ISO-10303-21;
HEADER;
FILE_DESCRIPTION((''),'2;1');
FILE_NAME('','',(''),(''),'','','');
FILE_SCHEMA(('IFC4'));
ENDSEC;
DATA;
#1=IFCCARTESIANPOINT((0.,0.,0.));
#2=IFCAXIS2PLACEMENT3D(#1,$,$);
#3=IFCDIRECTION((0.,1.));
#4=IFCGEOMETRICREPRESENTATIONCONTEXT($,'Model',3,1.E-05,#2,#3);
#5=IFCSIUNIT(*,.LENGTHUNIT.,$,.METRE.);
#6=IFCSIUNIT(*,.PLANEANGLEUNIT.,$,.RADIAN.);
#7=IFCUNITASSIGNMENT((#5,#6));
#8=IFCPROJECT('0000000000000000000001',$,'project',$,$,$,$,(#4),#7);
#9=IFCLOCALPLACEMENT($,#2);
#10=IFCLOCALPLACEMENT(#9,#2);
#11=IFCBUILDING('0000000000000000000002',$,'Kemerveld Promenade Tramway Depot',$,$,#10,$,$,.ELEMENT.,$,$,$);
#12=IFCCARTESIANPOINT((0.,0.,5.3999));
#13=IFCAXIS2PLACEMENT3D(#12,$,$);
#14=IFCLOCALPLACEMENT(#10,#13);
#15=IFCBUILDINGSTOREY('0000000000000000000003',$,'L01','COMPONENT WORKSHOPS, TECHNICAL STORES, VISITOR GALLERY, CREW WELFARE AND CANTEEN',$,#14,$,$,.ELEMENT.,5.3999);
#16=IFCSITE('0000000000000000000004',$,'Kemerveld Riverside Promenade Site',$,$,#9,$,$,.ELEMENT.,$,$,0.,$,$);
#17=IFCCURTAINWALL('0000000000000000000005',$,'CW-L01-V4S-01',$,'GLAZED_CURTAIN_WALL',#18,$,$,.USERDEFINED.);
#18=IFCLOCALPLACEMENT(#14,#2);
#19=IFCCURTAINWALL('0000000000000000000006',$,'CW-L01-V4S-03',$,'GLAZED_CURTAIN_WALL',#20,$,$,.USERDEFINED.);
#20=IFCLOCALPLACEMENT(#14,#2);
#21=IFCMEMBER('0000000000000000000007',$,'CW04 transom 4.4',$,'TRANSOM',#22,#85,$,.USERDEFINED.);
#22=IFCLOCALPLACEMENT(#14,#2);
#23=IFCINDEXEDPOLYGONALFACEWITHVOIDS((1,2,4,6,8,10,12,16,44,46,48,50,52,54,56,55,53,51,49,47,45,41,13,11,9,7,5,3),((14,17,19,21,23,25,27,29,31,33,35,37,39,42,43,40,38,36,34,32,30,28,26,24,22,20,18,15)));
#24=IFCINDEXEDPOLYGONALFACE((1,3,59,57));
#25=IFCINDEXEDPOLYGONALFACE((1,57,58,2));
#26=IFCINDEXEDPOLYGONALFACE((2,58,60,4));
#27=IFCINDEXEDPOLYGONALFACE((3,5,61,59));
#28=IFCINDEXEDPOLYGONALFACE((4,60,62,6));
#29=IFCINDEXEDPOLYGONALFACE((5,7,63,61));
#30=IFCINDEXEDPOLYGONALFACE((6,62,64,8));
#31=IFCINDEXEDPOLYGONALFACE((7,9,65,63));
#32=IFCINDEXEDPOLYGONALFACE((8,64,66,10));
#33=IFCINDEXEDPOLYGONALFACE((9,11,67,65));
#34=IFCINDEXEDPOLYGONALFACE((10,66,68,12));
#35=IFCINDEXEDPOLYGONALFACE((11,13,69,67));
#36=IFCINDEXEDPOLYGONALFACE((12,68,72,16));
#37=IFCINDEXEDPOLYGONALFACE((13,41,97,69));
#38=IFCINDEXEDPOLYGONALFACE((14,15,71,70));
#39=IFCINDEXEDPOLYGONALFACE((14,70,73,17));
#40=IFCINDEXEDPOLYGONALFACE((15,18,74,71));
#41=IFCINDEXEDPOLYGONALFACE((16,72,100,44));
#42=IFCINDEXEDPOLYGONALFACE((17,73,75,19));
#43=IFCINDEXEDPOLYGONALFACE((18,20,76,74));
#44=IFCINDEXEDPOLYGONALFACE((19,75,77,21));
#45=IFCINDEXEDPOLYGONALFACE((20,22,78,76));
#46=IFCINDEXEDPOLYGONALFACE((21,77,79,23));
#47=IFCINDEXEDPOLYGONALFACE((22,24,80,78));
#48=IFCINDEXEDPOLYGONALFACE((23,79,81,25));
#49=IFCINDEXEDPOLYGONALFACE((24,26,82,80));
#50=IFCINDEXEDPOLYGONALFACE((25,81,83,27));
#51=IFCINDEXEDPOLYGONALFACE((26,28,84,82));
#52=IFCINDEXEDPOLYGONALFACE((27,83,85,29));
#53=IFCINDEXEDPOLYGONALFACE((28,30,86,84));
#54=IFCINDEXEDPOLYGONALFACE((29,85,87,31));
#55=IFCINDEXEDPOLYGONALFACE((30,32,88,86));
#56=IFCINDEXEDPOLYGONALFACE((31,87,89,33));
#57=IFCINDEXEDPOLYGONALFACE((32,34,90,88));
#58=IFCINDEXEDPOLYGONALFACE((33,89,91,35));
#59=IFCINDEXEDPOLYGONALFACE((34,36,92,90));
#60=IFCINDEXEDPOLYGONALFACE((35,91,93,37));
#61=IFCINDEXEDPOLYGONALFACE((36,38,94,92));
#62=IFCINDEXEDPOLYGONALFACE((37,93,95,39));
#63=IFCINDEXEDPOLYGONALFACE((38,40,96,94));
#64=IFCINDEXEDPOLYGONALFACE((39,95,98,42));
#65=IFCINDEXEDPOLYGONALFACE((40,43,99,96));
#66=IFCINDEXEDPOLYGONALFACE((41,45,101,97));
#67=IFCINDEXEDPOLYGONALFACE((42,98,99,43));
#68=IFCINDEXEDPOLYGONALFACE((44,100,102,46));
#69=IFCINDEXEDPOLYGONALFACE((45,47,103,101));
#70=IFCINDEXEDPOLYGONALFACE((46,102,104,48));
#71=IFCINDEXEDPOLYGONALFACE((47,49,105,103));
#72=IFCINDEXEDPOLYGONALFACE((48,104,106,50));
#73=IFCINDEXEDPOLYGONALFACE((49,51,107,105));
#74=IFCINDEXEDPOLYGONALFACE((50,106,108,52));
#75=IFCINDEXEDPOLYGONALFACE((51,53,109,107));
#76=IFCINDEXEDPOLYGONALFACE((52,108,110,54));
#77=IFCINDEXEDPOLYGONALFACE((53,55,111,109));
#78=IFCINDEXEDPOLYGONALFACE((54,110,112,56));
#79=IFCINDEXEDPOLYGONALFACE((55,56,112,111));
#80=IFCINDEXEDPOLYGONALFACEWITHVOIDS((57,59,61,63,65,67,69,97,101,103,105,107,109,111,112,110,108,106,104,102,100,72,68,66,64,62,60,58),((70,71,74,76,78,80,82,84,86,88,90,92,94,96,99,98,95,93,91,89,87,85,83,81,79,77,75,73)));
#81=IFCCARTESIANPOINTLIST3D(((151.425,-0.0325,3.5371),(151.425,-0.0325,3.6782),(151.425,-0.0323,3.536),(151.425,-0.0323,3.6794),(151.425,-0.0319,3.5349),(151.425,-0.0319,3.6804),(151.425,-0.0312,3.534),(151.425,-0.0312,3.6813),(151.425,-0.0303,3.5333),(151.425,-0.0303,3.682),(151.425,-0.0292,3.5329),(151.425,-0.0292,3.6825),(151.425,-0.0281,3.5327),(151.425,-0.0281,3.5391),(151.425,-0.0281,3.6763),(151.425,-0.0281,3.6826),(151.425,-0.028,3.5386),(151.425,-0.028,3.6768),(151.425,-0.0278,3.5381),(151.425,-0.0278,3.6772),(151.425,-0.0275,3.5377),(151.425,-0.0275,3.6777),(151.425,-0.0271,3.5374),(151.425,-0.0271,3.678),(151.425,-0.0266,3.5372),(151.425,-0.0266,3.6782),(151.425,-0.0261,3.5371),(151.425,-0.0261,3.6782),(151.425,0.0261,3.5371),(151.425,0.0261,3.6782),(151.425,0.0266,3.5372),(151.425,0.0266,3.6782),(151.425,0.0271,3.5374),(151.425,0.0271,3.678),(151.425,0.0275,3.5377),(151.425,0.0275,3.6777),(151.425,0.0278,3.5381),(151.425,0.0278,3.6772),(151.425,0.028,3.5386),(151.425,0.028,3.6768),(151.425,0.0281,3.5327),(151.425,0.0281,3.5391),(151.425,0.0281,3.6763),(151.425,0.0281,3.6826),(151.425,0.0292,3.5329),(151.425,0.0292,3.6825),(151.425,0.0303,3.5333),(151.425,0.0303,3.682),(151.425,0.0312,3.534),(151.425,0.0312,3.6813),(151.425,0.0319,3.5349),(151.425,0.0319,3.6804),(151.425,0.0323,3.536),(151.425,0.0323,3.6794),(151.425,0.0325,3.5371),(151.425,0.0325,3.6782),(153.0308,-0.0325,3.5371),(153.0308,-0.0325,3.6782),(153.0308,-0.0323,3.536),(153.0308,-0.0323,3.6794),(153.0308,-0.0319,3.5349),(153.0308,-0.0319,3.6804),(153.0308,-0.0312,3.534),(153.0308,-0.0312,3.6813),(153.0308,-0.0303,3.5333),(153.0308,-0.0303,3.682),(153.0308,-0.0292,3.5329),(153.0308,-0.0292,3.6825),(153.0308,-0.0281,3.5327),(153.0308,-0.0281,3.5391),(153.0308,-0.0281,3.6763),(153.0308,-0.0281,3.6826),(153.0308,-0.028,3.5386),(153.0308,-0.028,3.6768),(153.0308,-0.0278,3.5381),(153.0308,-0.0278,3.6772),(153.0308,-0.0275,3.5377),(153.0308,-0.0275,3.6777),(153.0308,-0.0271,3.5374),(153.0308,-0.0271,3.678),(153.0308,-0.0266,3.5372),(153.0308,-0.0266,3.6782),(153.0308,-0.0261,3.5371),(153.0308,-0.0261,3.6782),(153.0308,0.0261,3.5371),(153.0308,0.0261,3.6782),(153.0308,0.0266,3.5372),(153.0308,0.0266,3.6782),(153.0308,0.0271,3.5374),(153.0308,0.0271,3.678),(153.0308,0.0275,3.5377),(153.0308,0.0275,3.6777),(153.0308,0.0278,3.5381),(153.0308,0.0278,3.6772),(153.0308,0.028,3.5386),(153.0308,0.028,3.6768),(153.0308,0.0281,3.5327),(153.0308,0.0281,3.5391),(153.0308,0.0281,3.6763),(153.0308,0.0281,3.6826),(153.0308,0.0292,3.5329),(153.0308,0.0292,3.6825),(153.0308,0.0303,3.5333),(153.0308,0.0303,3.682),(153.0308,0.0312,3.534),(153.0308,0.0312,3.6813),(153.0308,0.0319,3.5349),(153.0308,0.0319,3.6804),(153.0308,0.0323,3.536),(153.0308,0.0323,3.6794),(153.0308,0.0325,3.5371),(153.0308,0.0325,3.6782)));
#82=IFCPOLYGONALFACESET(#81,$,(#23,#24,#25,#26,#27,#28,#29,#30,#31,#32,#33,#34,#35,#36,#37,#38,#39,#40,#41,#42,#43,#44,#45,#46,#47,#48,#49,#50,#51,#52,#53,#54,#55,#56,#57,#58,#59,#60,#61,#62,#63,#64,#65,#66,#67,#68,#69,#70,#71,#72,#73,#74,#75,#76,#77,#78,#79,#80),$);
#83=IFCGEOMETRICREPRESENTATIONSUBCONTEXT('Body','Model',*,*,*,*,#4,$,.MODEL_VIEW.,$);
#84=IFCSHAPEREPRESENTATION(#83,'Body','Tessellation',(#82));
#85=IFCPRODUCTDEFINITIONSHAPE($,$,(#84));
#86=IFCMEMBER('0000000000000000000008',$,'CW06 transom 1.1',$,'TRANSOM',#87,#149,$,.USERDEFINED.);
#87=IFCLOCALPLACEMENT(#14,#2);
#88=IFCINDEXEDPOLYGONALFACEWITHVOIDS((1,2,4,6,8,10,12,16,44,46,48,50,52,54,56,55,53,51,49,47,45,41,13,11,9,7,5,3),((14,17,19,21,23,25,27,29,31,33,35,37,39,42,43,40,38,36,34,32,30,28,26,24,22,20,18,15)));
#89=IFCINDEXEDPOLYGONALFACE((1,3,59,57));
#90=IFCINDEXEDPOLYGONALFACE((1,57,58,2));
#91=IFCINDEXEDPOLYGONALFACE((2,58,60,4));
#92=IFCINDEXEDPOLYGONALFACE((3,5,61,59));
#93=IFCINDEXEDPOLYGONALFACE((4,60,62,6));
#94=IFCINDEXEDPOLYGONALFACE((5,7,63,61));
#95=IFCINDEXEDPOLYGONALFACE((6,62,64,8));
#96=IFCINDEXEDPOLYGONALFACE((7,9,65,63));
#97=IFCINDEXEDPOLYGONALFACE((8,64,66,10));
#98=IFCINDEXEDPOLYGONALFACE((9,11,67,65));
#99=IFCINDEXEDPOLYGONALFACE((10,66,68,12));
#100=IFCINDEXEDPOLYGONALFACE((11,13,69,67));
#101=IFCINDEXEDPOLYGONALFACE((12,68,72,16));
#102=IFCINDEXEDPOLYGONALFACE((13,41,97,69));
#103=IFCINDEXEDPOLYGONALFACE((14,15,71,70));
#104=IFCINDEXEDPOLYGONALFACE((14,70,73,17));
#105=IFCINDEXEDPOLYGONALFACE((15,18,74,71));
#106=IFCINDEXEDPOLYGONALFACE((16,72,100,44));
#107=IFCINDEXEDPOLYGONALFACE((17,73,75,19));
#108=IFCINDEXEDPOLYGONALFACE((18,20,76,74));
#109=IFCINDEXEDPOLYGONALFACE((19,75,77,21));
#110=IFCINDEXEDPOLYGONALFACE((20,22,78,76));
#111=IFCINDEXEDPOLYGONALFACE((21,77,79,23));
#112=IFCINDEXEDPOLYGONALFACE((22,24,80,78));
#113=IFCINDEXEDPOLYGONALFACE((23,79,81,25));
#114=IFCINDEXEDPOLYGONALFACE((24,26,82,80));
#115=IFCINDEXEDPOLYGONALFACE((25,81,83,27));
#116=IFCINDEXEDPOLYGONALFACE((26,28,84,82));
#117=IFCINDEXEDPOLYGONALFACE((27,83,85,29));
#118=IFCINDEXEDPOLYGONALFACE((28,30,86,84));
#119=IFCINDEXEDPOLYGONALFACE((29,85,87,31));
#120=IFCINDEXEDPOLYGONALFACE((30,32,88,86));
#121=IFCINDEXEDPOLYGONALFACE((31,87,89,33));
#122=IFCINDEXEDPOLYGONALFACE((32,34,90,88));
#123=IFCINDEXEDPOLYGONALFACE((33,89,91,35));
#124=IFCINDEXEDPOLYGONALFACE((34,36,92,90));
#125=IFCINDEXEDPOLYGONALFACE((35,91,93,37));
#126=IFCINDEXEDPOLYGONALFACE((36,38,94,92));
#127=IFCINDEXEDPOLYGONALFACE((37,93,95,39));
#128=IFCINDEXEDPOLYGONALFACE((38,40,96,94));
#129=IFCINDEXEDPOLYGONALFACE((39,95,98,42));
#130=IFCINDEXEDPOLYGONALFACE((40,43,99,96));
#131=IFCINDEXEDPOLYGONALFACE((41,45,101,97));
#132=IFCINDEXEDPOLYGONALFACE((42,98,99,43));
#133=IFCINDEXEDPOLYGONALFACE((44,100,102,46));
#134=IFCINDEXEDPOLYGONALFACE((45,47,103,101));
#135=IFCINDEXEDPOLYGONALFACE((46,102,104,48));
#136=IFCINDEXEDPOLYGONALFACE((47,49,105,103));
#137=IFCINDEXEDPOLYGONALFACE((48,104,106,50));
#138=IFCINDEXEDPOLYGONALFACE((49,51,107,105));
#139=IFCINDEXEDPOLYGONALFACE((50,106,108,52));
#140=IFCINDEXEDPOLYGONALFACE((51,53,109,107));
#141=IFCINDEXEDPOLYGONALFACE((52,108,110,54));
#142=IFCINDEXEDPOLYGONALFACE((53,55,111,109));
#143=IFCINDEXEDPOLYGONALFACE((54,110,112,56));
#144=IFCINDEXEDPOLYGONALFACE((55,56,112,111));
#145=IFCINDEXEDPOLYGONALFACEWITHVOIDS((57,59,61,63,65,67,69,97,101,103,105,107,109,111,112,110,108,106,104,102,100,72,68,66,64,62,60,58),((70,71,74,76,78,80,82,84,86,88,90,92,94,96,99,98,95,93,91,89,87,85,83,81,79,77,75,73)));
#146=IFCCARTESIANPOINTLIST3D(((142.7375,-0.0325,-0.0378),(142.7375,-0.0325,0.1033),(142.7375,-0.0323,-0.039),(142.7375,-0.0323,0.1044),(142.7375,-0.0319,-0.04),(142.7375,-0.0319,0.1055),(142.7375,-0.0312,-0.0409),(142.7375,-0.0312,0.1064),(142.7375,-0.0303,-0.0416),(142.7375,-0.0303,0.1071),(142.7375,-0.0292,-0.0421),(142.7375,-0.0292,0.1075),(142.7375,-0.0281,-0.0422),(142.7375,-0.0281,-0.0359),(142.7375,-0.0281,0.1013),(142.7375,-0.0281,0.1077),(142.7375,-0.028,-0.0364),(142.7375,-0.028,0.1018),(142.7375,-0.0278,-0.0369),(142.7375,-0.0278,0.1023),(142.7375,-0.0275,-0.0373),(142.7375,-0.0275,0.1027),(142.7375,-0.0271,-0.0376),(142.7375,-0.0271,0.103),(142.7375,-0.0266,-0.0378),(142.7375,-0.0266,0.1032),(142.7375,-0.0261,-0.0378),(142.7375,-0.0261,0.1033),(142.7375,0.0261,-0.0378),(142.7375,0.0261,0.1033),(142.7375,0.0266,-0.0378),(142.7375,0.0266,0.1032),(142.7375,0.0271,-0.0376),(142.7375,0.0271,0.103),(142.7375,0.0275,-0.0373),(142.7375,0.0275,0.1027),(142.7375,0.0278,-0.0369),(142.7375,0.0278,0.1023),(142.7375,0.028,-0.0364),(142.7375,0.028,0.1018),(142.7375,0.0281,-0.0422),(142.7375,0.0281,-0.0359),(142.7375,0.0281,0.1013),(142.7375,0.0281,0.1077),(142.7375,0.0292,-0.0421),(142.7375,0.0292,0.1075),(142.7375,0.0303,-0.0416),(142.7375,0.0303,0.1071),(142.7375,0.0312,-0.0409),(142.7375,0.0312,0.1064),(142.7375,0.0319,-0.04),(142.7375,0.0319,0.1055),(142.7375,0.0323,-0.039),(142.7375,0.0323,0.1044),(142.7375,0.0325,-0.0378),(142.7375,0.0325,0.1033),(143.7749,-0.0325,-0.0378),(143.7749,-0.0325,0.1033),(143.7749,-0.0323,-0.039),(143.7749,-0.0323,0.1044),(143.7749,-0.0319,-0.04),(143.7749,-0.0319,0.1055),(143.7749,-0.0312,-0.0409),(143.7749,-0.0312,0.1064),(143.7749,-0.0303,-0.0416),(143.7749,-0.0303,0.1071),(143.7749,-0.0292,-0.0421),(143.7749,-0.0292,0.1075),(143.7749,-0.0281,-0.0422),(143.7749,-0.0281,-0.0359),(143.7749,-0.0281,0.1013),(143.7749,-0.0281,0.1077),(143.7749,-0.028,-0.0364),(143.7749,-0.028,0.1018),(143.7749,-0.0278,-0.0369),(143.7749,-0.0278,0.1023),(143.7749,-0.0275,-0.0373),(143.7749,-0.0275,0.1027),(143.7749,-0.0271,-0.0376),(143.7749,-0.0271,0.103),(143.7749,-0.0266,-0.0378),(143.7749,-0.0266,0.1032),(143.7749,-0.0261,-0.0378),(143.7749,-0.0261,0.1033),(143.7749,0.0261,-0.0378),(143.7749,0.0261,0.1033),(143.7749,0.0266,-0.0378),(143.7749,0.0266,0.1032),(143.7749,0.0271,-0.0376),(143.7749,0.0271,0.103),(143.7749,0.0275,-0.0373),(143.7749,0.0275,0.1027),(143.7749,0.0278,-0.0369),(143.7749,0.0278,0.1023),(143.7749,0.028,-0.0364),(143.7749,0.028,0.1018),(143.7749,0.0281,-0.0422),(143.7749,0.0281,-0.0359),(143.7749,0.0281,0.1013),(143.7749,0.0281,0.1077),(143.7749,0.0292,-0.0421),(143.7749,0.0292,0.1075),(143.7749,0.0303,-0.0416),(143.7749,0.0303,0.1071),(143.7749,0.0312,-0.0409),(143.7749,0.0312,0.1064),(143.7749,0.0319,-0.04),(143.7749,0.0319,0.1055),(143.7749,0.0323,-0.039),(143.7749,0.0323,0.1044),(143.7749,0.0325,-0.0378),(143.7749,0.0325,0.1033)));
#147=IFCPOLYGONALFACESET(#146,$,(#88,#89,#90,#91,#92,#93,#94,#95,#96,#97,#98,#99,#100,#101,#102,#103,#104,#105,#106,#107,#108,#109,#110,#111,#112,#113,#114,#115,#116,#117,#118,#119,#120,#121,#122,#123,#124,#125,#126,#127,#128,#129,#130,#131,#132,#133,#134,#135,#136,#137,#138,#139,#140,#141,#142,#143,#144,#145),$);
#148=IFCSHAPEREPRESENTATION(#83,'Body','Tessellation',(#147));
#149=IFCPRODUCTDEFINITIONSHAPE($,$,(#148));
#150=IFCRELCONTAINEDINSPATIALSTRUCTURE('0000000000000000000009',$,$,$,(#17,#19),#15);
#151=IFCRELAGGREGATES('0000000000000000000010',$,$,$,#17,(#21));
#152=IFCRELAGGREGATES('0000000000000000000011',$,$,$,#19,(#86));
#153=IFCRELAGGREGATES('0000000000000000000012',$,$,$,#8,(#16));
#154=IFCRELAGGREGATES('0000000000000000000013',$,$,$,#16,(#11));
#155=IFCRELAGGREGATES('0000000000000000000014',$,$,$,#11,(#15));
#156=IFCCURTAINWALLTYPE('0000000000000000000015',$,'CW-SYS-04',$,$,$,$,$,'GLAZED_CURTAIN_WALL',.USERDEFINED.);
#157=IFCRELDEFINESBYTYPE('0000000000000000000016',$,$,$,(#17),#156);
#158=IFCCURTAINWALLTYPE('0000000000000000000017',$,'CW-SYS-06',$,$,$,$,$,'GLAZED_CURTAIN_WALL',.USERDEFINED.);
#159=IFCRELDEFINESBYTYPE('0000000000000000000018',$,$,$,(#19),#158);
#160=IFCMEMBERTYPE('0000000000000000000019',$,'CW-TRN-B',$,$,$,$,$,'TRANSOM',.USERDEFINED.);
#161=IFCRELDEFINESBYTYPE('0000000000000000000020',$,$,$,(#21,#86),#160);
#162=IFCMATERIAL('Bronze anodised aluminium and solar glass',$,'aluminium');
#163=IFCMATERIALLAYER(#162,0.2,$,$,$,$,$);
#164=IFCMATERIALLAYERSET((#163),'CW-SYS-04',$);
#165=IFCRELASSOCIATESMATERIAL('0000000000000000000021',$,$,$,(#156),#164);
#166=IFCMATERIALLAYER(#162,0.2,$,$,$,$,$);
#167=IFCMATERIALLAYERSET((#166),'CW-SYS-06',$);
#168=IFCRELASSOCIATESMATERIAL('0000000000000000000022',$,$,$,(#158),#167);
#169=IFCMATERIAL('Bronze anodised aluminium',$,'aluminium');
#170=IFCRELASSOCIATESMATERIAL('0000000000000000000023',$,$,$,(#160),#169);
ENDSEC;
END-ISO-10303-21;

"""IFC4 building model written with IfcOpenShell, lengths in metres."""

from ifc_helpers import new_model, si_unit, direction, frame, origin, origin_2d, place, context, subcontext, project, spatial, hollow_rectangle, extrude, material, layer, layer_set, material_profile, profile_set, type_object, element, aggregate, save


model = new_model("IFC4")

# Units and contexts
model_context = context("Model", 3, precision=1e-05, world=origin(), true_north=direction((0.0, 1.0)))
body_context = subcontext(model_context, "Body", "Model", "MODEL_VIEW")
ifc_project = project(units=[si_unit("LENGTHUNIT", "METRE"), si_unit("PLANEANGLEUNIT", "RADIAN")], contexts=[model_context])

# Site, building, storey
site_placement = place(None, origin())
site = spatial("IfcSite", under=ifc_project, at=site_placement, Name="Kemerveld Riverside Promenade Site", CompositionType="ELEMENT", RefElevation=0.0)
building_placement = place(site_placement, origin())
building = spatial("IfcBuilding", under=site, at=building_placement, Name="Kemerveld Promenade Tramway Depot", CompositionType="ELEMENT")
storey_placement = place(building_placement, frame((0.0, 0.0, 5.3999)))
storey = spatial("IfcBuildingStorey", under=building, at=storey_placement, Name="L01", Description="COMPONENT WORKSHOPS, TECHNICAL STORES, VISITOR GALLERY, CREW WELFARE AND CANTEEN", CompositionType="ELEMENT", Elevation=5.3999)

# Curtain wall
ifc_material_1 = material(Name="Bronze anodised aluminium and solar glass", Category="aluminium")
ifc_layer_1 = layer(ifc_material_1, 0.2)
ifc_layer_set_1 = layer_set([ifc_layer_1], Name="CW-SYS-04")
curtain_wall_type_1 = type_object("IfcCurtainWallType", Name="CW-SYS-04", ElementType="GLAZED_CURTAIN_WALL", PredefinedType="USERDEFINED", material=ifc_layer_set_1)
curtain_wall_1_placement = place(storey_placement, origin())
curtain_wall_1 = element("IfcCurtainWall", 1, at=curtain_wall_1_placement, inside=storey, type_object=curtain_wall_type_1, Name="CW-L01-V4S-01", ObjectType="GLAZED_CURTAIN_WALL", PredefinedType="USERDEFINED")
ifc_material_2 = material(Name="Bronze anodised aluminium", Category="aluminium")

# Curtain wall
ifc_layer_2 = layer(ifc_material_1, 0.2)
ifc_layer_set_2 = layer_set([ifc_layer_2], Name="CW-SYS-06")
curtain_wall_type_2 = type_object("IfcCurtainWallType", Name="CW-SYS-06", ElementType="GLAZED_CURTAIN_WALL", PredefinedType="USERDEFINED", material=ifc_layer_set_2)
curtain_wall_2_placement = place(storey_placement, origin())
curtain_wall_2 = element("IfcCurtainWall", 2, at=curtain_wall_2_placement, inside=storey, type_object=curtain_wall_type_2, Name="CW-L01-V4S-03", ObjectType="GLAZED_CURTAIN_WALL", PredefinedType="USERDEFINED")

# Members
ifc_material_profile_1 = material_profile(ifc_material_2, hollow_rectangle(XDim=0.0649, YDim=0.1499, WallThickness=0.0044, InnerFilletRadius=0.002, OuterFilletRadius=0.0044, at=origin_2d()), Name="CW-TRN-150x65")
ifc_profile_set_1 = profile_set([ifc_material_profile_1], Name="Bronze anodised aluminium")
member_type_1 = type_object("IfcMemberType", Name="CW-TRN-B", ElementType="TRANSOM", PredefinedType="USERDEFINED", material=ifc_profile_set_1)
member_1_placement = place(storey_placement, frame((153.0308, 0.0, 3.6077), z_axis=(-1.0, 0.0, 0.0), x_axis=(0.0, -1.0, 0.0)))
member_1 = element("IfcMember", 3, at=member_1_placement, type_object=member_type_1, Name="CW04 transom 4.4", ObjectType="TRANSOM", PredefinedType="USERDEFINED", context=body_context, shape_type="SweptSolid", body=[
    extrude(hollow_rectangle(XDim=0.0649, YDim=0.1499, WallThickness=0.0044, InnerFilletRadius=0.002, OuterFilletRadius=0.0044, at=origin_2d()), origin(), (0.0, 0.0, 1.0), 1.6057),
])
member_2_placement = place(storey_placement, frame((143.7749, 0.0, 0.0327), z_axis=(-1.0, 0.0, 0.0), x_axis=(0.0, -1.0, 0.0)))
member_2 = element("IfcMember", 4, at=member_2_placement, type_object=member_type_1, Name="CW06 transom 1.1", ObjectType="TRANSOM", PredefinedType="USERDEFINED", context=body_context, shape_type="SweptSolid", body=[
    extrude(hollow_rectangle(XDim=0.0649, YDim=0.1499, WallThickness=0.0044, InnerFilletRadius=0.002, OuterFilletRadius=0.0044, at=origin_2d()), origin(), (0.0, 0.0, 1.0), 1.0374),
])

aggregate(curtain_wall_1, [member_1])
aggregate(curtain_wall_2, [member_2])

save(model, "model.ifc")
